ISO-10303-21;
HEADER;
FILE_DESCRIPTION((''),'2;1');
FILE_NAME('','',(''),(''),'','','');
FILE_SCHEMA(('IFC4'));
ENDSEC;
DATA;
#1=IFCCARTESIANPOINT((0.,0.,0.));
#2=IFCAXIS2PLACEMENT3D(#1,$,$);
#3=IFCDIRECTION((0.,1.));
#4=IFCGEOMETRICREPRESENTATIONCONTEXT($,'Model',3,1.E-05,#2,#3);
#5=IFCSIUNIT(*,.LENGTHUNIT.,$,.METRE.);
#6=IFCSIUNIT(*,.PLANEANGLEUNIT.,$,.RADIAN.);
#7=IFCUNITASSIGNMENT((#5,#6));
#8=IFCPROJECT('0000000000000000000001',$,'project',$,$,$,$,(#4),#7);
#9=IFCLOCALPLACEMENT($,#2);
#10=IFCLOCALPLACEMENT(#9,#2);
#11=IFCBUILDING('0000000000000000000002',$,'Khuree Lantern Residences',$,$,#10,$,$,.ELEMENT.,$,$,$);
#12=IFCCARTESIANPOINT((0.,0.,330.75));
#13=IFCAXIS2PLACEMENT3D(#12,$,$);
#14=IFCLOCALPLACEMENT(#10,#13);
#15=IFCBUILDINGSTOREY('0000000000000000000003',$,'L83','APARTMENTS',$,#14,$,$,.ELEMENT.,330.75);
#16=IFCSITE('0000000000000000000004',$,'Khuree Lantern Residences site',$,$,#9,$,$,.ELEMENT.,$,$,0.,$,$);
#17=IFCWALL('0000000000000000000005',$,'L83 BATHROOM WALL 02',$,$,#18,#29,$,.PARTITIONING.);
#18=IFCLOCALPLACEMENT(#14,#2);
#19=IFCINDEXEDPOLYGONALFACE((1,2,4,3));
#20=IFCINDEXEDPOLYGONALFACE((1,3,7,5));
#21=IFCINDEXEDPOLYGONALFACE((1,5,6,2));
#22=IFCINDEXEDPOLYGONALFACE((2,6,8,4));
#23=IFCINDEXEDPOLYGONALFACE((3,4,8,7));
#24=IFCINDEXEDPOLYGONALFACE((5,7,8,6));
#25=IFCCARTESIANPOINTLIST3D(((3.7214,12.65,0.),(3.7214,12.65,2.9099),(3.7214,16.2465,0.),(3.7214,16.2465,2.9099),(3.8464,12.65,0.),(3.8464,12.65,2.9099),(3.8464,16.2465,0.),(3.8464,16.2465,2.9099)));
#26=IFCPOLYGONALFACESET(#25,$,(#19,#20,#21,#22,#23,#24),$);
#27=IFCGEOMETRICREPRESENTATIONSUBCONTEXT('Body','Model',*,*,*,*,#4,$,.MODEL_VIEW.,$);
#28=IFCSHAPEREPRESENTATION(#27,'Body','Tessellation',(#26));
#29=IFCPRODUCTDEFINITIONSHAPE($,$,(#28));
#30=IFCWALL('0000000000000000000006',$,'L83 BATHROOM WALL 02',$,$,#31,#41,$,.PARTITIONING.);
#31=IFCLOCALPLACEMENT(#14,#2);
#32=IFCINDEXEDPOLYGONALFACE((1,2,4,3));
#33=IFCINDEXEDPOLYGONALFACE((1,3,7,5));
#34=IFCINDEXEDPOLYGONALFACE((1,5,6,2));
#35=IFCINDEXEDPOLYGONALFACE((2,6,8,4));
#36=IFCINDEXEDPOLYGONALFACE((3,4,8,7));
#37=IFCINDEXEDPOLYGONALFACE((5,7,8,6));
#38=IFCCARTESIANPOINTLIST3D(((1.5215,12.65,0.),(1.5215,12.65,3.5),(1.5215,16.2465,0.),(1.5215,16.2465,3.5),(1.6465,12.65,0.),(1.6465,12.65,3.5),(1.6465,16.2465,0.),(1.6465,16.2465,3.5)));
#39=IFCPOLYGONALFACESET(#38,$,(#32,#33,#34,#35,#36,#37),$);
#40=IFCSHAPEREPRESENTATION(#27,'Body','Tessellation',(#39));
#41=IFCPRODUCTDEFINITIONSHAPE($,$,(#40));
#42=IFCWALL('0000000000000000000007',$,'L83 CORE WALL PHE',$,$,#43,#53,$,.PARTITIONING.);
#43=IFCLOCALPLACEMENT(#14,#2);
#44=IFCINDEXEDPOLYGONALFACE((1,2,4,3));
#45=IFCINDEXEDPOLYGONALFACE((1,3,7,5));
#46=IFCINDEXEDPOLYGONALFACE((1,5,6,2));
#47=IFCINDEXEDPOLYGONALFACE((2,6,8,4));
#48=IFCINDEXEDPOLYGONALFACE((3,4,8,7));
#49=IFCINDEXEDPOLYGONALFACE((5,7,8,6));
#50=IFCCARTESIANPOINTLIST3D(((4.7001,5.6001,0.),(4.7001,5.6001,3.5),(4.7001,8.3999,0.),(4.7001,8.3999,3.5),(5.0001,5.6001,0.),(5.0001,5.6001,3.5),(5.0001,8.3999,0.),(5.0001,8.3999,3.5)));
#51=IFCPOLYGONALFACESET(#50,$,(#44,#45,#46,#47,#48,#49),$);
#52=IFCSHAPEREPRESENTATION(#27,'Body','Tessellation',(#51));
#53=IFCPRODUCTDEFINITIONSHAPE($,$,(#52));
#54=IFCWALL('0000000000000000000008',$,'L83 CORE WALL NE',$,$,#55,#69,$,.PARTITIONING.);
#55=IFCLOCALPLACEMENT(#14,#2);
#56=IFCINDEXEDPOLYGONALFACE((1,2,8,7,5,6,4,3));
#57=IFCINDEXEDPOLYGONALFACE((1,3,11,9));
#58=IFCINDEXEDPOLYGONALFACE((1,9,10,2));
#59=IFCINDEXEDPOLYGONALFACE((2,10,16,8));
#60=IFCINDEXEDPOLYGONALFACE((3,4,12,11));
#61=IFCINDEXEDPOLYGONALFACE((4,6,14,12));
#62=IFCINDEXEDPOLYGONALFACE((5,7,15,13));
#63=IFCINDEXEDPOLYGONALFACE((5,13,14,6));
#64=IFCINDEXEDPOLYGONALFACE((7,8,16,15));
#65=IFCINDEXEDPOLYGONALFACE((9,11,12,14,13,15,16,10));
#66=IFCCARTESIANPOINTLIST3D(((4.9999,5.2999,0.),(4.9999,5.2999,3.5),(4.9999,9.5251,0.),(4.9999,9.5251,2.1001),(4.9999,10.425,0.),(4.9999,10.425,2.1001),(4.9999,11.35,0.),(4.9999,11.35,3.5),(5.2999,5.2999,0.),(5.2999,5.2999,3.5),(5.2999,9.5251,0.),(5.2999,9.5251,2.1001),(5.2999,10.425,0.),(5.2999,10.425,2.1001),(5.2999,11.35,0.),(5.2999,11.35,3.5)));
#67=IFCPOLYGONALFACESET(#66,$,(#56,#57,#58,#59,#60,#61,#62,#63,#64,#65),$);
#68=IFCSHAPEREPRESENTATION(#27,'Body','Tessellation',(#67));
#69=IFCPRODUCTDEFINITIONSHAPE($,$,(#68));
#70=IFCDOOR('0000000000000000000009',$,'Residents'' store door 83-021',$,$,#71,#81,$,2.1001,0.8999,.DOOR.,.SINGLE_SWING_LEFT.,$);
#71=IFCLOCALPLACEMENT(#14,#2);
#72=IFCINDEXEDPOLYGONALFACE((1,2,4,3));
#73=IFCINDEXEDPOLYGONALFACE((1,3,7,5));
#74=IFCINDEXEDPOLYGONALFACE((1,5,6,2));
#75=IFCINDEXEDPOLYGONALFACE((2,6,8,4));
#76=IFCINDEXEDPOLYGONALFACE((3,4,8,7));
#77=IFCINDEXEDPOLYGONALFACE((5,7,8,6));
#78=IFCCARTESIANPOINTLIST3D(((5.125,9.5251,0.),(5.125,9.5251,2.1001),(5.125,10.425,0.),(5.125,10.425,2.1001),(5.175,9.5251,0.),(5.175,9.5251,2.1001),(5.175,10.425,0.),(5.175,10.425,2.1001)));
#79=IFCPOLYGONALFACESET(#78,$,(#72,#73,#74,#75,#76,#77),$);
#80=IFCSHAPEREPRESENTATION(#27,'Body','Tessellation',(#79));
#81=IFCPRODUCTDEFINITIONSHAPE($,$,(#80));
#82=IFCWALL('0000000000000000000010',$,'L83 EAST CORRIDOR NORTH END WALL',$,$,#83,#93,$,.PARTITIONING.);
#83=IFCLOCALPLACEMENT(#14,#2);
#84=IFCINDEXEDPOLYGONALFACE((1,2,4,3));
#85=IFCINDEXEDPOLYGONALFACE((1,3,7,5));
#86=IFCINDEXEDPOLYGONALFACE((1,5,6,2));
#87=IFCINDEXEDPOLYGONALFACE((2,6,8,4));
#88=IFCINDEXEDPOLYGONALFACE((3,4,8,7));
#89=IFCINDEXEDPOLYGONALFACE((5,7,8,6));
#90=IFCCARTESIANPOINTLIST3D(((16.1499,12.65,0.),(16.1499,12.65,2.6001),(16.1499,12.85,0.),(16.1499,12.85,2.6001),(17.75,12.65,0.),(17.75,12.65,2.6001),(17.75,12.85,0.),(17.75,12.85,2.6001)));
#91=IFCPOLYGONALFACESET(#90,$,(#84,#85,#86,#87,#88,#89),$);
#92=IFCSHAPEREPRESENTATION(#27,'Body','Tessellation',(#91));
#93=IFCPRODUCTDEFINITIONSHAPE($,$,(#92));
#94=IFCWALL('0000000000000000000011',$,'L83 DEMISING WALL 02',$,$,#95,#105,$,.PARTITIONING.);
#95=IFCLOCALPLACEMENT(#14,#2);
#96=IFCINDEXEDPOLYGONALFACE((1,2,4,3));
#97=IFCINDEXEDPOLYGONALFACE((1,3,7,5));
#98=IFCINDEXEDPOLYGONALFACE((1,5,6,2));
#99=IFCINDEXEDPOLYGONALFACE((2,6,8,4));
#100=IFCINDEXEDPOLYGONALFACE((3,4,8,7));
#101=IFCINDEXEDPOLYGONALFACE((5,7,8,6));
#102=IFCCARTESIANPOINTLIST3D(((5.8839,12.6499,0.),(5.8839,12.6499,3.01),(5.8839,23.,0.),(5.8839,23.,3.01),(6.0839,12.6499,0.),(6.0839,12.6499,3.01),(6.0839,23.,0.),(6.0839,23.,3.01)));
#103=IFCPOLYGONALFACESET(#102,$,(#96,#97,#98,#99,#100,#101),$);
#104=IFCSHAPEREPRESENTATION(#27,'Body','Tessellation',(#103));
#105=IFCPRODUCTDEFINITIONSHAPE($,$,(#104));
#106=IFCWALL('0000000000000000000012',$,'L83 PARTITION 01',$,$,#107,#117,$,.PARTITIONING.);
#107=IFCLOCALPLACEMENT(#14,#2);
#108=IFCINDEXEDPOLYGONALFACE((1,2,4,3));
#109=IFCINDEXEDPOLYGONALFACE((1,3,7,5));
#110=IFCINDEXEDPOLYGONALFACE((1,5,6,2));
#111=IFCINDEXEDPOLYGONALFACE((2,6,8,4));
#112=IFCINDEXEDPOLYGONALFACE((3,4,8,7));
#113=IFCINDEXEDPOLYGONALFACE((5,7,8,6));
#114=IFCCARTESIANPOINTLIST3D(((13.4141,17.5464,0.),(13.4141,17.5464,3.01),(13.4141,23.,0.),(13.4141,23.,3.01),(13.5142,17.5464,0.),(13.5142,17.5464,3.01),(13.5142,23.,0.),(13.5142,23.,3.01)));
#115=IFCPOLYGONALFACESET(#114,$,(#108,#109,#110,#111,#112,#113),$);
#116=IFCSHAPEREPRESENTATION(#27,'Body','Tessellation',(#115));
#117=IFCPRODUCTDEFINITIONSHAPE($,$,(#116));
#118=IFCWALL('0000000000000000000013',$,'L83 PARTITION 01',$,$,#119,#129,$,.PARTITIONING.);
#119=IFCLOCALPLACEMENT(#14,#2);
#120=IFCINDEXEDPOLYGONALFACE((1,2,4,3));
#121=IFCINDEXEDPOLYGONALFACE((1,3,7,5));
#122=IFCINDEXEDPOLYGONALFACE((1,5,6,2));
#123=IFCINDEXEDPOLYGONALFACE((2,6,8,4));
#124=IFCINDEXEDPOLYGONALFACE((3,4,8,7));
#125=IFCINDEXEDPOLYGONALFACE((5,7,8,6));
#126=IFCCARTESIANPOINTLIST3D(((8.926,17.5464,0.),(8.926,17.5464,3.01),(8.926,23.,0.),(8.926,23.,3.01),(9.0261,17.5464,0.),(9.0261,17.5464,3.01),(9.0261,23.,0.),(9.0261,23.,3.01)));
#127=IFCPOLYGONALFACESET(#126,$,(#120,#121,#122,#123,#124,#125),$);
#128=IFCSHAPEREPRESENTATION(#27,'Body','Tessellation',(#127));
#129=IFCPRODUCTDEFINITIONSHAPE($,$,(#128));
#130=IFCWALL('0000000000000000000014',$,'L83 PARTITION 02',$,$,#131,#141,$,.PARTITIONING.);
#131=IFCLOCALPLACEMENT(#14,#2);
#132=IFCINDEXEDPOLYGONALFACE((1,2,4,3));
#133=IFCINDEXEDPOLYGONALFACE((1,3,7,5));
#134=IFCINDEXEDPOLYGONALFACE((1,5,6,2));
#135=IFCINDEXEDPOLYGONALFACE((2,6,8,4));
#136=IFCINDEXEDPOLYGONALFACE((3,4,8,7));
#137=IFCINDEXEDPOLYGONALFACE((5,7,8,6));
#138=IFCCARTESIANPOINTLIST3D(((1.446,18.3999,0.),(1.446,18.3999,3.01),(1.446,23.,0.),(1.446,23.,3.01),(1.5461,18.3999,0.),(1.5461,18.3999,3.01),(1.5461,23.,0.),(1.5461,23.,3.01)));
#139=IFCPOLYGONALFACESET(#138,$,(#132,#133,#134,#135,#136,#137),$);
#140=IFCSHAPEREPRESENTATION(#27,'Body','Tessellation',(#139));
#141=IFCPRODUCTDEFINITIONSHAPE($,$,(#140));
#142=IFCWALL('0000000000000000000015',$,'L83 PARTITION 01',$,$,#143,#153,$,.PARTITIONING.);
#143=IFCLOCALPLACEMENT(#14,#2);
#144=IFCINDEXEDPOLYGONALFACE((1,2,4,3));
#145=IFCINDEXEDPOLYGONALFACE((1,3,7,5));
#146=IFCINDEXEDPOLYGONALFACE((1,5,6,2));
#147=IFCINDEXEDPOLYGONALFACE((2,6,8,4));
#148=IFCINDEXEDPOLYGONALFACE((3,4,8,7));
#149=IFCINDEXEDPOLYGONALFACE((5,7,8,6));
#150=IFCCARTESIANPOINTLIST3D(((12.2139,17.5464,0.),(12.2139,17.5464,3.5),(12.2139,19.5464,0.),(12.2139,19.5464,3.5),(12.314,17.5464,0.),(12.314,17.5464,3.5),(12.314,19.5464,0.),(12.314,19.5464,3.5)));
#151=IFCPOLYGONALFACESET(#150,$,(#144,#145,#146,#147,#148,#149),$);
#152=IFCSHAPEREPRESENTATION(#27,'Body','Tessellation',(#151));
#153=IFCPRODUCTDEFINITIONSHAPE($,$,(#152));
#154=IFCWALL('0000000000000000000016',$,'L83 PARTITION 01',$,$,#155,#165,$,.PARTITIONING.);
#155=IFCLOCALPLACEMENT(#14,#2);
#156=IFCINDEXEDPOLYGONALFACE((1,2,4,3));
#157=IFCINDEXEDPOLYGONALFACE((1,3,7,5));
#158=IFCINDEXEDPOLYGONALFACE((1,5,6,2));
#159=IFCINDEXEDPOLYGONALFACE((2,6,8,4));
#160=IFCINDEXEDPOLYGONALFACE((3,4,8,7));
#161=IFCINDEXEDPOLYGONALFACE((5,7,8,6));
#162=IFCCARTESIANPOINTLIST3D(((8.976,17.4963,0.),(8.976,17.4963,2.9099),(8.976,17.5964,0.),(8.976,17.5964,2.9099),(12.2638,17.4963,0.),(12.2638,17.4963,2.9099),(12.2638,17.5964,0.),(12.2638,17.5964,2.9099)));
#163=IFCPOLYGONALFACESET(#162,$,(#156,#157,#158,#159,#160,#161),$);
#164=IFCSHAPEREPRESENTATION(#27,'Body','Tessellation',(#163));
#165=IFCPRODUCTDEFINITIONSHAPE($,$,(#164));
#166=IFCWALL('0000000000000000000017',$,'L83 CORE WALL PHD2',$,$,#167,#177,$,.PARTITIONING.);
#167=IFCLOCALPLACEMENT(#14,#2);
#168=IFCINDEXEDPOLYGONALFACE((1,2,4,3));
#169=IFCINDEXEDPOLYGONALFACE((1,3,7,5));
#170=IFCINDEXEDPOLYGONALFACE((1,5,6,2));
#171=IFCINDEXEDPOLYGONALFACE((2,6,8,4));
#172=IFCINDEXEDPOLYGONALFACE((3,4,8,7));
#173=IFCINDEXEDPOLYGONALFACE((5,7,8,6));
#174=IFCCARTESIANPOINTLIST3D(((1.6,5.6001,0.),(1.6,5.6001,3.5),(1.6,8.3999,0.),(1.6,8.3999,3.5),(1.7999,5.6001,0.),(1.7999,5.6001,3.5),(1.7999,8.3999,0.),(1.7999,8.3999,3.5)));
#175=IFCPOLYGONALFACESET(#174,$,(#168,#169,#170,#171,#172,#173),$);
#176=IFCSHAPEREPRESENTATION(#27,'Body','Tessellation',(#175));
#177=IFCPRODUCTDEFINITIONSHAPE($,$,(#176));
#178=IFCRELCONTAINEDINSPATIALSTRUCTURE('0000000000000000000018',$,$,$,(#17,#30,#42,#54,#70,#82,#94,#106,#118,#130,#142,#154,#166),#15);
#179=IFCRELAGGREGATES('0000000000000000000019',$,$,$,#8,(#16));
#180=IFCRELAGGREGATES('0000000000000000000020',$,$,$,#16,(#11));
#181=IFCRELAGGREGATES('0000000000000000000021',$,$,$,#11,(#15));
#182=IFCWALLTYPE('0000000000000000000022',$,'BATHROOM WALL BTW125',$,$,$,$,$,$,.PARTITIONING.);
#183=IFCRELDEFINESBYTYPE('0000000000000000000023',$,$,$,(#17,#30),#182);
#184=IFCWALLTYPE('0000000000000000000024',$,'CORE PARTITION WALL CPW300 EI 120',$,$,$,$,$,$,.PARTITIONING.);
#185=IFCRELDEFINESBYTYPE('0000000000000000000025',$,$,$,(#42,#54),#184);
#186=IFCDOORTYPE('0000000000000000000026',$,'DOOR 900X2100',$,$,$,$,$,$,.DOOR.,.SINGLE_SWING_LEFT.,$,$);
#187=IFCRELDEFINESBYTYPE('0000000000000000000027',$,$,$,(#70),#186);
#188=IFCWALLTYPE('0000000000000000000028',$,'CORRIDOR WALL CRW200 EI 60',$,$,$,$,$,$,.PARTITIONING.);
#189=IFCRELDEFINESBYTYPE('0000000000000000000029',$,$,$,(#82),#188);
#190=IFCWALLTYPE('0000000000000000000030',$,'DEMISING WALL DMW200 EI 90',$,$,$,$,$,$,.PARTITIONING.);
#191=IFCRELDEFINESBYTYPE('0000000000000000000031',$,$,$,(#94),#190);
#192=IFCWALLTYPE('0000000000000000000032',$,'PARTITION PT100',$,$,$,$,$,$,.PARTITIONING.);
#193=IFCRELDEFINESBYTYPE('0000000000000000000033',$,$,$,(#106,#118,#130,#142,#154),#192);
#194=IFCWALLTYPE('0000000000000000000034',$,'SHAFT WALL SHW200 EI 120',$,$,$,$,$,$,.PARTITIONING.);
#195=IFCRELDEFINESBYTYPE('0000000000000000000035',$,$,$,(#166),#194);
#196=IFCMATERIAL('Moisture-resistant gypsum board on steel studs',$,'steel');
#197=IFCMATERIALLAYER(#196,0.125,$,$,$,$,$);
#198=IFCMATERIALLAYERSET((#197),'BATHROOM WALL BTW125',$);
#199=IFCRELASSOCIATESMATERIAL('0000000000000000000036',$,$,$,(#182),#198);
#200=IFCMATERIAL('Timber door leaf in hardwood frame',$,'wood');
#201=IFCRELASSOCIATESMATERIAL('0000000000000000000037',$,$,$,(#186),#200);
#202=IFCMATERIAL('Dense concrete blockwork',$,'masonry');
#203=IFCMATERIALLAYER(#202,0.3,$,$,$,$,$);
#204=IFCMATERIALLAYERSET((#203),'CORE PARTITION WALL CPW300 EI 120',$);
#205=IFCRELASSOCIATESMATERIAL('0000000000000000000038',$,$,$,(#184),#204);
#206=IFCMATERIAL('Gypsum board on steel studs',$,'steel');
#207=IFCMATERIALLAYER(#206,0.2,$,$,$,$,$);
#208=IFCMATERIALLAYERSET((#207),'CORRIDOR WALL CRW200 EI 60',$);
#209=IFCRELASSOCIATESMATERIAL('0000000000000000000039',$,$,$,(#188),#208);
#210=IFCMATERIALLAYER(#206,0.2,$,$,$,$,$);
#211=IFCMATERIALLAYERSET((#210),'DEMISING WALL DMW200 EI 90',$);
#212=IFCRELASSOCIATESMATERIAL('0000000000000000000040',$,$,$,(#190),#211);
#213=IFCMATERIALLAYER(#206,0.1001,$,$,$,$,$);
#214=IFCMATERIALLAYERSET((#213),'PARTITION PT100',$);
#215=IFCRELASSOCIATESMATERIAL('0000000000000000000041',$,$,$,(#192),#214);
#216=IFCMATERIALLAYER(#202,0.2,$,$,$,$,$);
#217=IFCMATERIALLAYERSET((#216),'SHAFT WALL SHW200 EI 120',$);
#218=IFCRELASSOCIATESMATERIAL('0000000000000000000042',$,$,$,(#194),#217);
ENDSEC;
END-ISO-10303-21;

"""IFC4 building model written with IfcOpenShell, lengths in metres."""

from ifc_helpers import new_model, si_unit, direction, frame, frame_2d, origin, place, context, subcontext, project, spatial, rectangle, extrude, material, layer, layer_set, type_object, element, fill, save


model = new_model("IFC4")

# Units and contexts
model_context = context("Model", 3, precision=1e-05, world=origin(), true_north=direction((0.0, 1.0)))
body_context = subcontext(model_context, "Body", "Model", "MODEL_VIEW")
ifc_project = project(units=[si_unit("LENGTHUNIT", "METRE"), si_unit("PLANEANGLEUNIT", "RADIAN")], contexts=[model_context])

# Site, building, storey
site_placement = place(None, origin())
site = spatial("IfcSite", under=ifc_project, at=site_placement, Name="Khuree Lantern Residences site", CompositionType="ELEMENT", RefElevation=0.0)
building_placement = place(site_placement, origin())
building = spatial("IfcBuilding", under=site, at=building_placement, Name="Khuree Lantern Residences", CompositionType="ELEMENT")
storey_placement = place(building_placement, frame((0.0, 0.0, 330.75)))
storey = spatial("IfcBuildingStorey", under=building, at=storey_placement, Name="L83", Description="APARTMENTS", CompositionType="ELEMENT", Elevation=330.75)

# Shared definitions
ifc_material_1 = material(Name="Moisture-resistant gypsum board on steel studs", Category="steel")
ifc_layer_1 = layer(ifc_material_1, 0.125)
ifc_layer_set_1 = layer_set([ifc_layer_1], Name="BATHROOM WALL BTW125")
wall_type_1 = type_object("IfcWallType", Name="BATHROOM WALL BTW125", PredefinedType="PARTITIONING", material=ifc_layer_set_1)

# Shared definitions
ifc_material_2 = material(Name="Timber door leaf in hardwood frame", Category="wood")
door_type_1 = type_object("IfcDoorType", Name="DOOR 900X2100", OperationType="SINGLE_SWING_LEFT", PredefinedType="DOOR", material=ifc_material_2)

# Walls
wall_1_placement = place(storey_placement, frame((3.7839, 12.6499, 0.0), z_axis=(0.0, 0.0, 1.0), x_axis=(0.0, 1.0, 0.0)))
element("IfcWall", 1, at=wall_1_placement, inside=storey, type_object=wall_type_1, Name="L83 BATHROOM WALL 02", PredefinedType="PARTITIONING", context=body_context, shape_type="SweptSolid", body=[
    extrude(rectangle(XDim=3.5964, YDim=0.125, at=frame_2d((1.7983, 0.0))), origin(), (0.0, 0.0, 1.0), 2.9099),
])
wall_2_placement = place(storey_placement, frame((1.584, 12.6499, 0.0), z_axis=(0.0, 0.0, 1.0), x_axis=(0.0, 1.0, 0.0)))
element("IfcWall", 2, at=wall_2_placement, inside=storey, type_object=wall_type_1, Name="L83 BATHROOM WALL 02", PredefinedType="PARTITIONING", context=body_context, shape_type="SweptSolid", body=[
    extrude(rectangle(XDim=3.5964, YDim=0.125, at=frame_2d((1.7983, 0.0))), origin(), (0.0, 0.0, 1.0), 3.5),
])
ifc_material_3 = material(Name="Dense concrete blockwork", Category="masonry")
ifc_layer_2 = layer(ifc_material_3, 0.3)
ifc_layer_set_2 = layer_set([ifc_layer_2], Name="CORE PARTITION WALL CPW300 EI 120")
wall_type_2 = type_object("IfcWallType", Name="CORE PARTITION WALL CPW300 EI 120", PredefinedType="PARTITIONING", material=ifc_layer_set_2)
wall_3_placement = place(storey_placement, frame((4.8501, 5.6001, 0.0), z_axis=(0.0, 0.0, 1.0), x_axis=(0.0, 1.0, 0.0)))
element("IfcWall", 3, at=wall_3_placement, inside=storey, type_object=wall_type_2, Name="L83 CORE WALL PHE", PredefinedType="PARTITIONING", context=body_context, shape_type="SweptSolid", body=[
    extrude(rectangle(XDim=2.7998, YDim=0.3, at=frame_2d((1.3999, 0.0))), origin(), (0.0, 0.0, 1.0), 3.5),
])

# Wall, opening, door
wall_4_placement = place(storey_placement, frame((5.1499, 5.3, 0.0), z_axis=(0.0, 0.0, 1.0), x_axis=(0.0, 1.0, 0.0)))
wall_4 = element("IfcWall", 4, at=wall_4_placement, inside=storey, type_object=wall_type_2, Name="L83 CORE WALL NE", PredefinedType="PARTITIONING", context=body_context, shape_type="SweptSolid", body=[
    extrude(rectangle(XDim=6.05, YDim=0.3, at=frame_2d((3.0249, 0.0))), origin(), (0.0, 0.0, 1.0), 3.5),
])
opening_1_placement = place(wall_4_placement, frame((4.2251, 0.0, 0.0)))
opening_1 = element("IfcOpeningElement", 5, at=opening_1_placement, cuts=wall_4, PredefinedType="OPENING", context=body_context, shape_type="SweptSolid", body=[
    extrude(rectangle(XDim=0.8999, YDim=2.1001, at=frame_2d((0.45, 1.05))), frame((0.0, 0.1602, 0.0), z_axis=(0.0, -1.0, 0.0), x_axis=(1.0, 0.0, 0.0)), (0.0, 0.0, 1.0), 0.3201),
])
door_1_placement = place(opening_1_placement, origin())
door_1 = element("IfcDoor", 6, at=door_1_placement, inside=storey, type_object=door_type_1, Name="Residents' store door 83-021", OperationType="SINGLE_SWING_LEFT", OverallHeight=2.1001, OverallWidth=0.8999, PredefinedType="DOOR", context=body_context, shape_type="SweptSolid", body=[
    extrude(rectangle(XDim=0.8999, YDim=2.1001, at=frame_2d((0.45, 1.05))), frame((0.0, 0.0249, 0.0), z_axis=(0.0, -1.0, 0.0), x_axis=(1.0, 0.0, 0.0)), (0.0, 0.0, 1.0), 0.05),
])
fill(opening_1, door_1)

# Walls
ifc_material_4 = material(Name="Gypsum board on steel studs", Category="steel")
ifc_layer_3 = layer(ifc_material_4, 0.2)
ifc_layer_set_3 = layer_set([ifc_layer_3], Name="CORRIDOR WALL CRW200 EI 60")
wall_type_3 = type_object("IfcWallType", Name="CORRIDOR WALL CRW200 EI 60", PredefinedType="PARTITIONING", material=ifc_layer_set_3)
wall_5_placement = place(storey_placement, frame((16.1499, 12.75, 0.0), z_axis=(0.0, 0.0, 1.0), x_axis=(1.0, 0.0, 0.0)))
element("IfcWall", 7, at=wall_5_placement, inside=storey, type_object=wall_type_3, Name="L83 EAST CORRIDOR NORTH END WALL", PredefinedType="PARTITIONING", context=body_context, shape_type="SweptSolid", body=[
    extrude(rectangle(XDim=1.6001, YDim=0.2, at=frame_2d((0.8, 0.0))), origin(), (0.0, 0.0, 1.0), 2.6001),
])
ifc_layer_4 = layer(ifc_material_4, 0.2)
ifc_layer_set_4 = layer_set([ifc_layer_4], Name="DEMISING WALL DMW200 EI 90")
wall_type_4 = type_object("IfcWallType", Name="DEMISING WALL DMW200 EI 90", PredefinedType="PARTITIONING", material=ifc_layer_set_4)
wall_6_placement = place(storey_placement, frame((5.9839, 12.6499, 0.0), z_axis=(0.0, 0.0, 1.0), x_axis=(0.0, 1.0, 0.0)))
element("IfcWall", 8, at=wall_6_placement, inside=storey, type_object=wall_type_4, Name="L83 DEMISING WALL 02", PredefinedType="PARTITIONING", context=body_context, shape_type="SweptSolid", body=[
    extrude(rectangle(XDim=10.3501, YDim=0.2, at=frame_2d((5.175, 0.0))), origin(), (0.0, 0.0, 1.0), 3.01),
])
ifc_layer_5 = layer(ifc_material_4, 0.1001)
ifc_layer_set_5 = layer_set([ifc_layer_5], Name="PARTITION PT100")
wall_type_5 = type_object("IfcWallType", Name="PARTITION PT100", PredefinedType="PARTITIONING", material=ifc_layer_set_5)
for number, where, z_axis, x_axis, name in (
    (9, (13.4641, 17.5464, 0.0), (0.0, 0.0, 1.0), (0.0, 1.0, 0.0), "L83 PARTITION 01"),
    (10, (8.9761, 17.5464, 0.0), (0.0, 0.0, 1.0), (0.0, 1.0, 0.0), "L83 PARTITION 01"),
):
    element("IfcWall", number, at=place(storey_placement, frame(where, z_axis=z_axis, x_axis=x_axis)), inside=storey, type_object=wall_type_5, Name=name, PredefinedType="PARTITIONING", context=body_context, shape_type="SweptSolid", body=[
        extrude(rectangle(XDim=5.4536, YDim=0.1001, at=frame_2d((2.7268, 0.0))), origin(), (0.0, 0.0, 1.0), 3.01),
    ])
wall_7_placement = place(storey_placement, frame((1.4961, 18.3999, 0.0), z_axis=(0.0, 0.0, 1.0), x_axis=(0.0, 1.0, 0.0)))
element("IfcWall", 11, at=wall_7_placement, inside=storey, type_object=wall_type_5, Name="L83 PARTITION 02", PredefinedType="PARTITIONING", context=body_context, shape_type="SweptSolid", body=[
    extrude(rectangle(XDim=4.6001, YDim=0.1001, at=frame_2d((2.3, 0.0))), origin(), (0.0, 0.0, 1.0), 3.01),
])
wall_8_placement = place(storey_placement, frame((12.2639, 17.5464, 0.0), z_axis=(0.0, 0.0, 1.0), x_axis=(0.0, 1.0, 0.0)))
element("IfcWall", 12, at=wall_8_placement, inside=storey, type_object=wall_type_5, Name="L83 PARTITION 01", PredefinedType="PARTITIONING", context=body_context, shape_type="SweptSolid", body=[
    extrude(rectangle(XDim=2.0, YDim=0.1001, at=frame_2d((1.0, 0.0))), origin(), (0.0, 0.0, 1.0), 3.5),
])
wall_9_placement = place(storey_placement, frame((12.2639, 17.5464, 0.0), z_axis=(0.0, 0.0, 1.0), x_axis=(-1.0, 0.0, 0.0)))
element("IfcWall", 13, at=wall_9_placement, inside=storey, type_object=wall_type_5, Name="L83 PARTITION 01", PredefinedType="PARTITIONING", context=body_context, shape_type="SweptSolid", body=[
    extrude(rectangle(XDim=3.2878, YDim=0.1001, at=frame_2d((1.644, 0.0))), origin(), (0.0, 0.0, 1.0), 2.9099),
])
ifc_layer_6 = layer(ifc_material_3, 0.2)
ifc_layer_set_6 = layer_set([ifc_layer_6], Name="SHAFT WALL SHW200 EI 120")
wall_type_6 = type_object("IfcWallType", Name="SHAFT WALL SHW200 EI 120", PredefinedType="PARTITIONING", material=ifc_layer_set_6)
wall_10_placement = place(storey_placement, frame((1.7, 5.6001, 0.0), z_axis=(0.0, 0.0, 1.0), x_axis=(0.0, 1.0, 0.0)))
element("IfcWall", 14, at=wall_10_placement, inside=storey, type_object=wall_type_6, Name="L83 CORE WALL PHD2", PredefinedType="PARTITIONING", context=body_context, shape_type="SweptSolid", body=[
    extrude(rectangle(XDim=2.7998, YDim=0.2, at=frame_2d((1.3999, 0.0))), origin(), (0.0, 0.0, 1.0), 3.5),
])

save(model, "model.ifc")
